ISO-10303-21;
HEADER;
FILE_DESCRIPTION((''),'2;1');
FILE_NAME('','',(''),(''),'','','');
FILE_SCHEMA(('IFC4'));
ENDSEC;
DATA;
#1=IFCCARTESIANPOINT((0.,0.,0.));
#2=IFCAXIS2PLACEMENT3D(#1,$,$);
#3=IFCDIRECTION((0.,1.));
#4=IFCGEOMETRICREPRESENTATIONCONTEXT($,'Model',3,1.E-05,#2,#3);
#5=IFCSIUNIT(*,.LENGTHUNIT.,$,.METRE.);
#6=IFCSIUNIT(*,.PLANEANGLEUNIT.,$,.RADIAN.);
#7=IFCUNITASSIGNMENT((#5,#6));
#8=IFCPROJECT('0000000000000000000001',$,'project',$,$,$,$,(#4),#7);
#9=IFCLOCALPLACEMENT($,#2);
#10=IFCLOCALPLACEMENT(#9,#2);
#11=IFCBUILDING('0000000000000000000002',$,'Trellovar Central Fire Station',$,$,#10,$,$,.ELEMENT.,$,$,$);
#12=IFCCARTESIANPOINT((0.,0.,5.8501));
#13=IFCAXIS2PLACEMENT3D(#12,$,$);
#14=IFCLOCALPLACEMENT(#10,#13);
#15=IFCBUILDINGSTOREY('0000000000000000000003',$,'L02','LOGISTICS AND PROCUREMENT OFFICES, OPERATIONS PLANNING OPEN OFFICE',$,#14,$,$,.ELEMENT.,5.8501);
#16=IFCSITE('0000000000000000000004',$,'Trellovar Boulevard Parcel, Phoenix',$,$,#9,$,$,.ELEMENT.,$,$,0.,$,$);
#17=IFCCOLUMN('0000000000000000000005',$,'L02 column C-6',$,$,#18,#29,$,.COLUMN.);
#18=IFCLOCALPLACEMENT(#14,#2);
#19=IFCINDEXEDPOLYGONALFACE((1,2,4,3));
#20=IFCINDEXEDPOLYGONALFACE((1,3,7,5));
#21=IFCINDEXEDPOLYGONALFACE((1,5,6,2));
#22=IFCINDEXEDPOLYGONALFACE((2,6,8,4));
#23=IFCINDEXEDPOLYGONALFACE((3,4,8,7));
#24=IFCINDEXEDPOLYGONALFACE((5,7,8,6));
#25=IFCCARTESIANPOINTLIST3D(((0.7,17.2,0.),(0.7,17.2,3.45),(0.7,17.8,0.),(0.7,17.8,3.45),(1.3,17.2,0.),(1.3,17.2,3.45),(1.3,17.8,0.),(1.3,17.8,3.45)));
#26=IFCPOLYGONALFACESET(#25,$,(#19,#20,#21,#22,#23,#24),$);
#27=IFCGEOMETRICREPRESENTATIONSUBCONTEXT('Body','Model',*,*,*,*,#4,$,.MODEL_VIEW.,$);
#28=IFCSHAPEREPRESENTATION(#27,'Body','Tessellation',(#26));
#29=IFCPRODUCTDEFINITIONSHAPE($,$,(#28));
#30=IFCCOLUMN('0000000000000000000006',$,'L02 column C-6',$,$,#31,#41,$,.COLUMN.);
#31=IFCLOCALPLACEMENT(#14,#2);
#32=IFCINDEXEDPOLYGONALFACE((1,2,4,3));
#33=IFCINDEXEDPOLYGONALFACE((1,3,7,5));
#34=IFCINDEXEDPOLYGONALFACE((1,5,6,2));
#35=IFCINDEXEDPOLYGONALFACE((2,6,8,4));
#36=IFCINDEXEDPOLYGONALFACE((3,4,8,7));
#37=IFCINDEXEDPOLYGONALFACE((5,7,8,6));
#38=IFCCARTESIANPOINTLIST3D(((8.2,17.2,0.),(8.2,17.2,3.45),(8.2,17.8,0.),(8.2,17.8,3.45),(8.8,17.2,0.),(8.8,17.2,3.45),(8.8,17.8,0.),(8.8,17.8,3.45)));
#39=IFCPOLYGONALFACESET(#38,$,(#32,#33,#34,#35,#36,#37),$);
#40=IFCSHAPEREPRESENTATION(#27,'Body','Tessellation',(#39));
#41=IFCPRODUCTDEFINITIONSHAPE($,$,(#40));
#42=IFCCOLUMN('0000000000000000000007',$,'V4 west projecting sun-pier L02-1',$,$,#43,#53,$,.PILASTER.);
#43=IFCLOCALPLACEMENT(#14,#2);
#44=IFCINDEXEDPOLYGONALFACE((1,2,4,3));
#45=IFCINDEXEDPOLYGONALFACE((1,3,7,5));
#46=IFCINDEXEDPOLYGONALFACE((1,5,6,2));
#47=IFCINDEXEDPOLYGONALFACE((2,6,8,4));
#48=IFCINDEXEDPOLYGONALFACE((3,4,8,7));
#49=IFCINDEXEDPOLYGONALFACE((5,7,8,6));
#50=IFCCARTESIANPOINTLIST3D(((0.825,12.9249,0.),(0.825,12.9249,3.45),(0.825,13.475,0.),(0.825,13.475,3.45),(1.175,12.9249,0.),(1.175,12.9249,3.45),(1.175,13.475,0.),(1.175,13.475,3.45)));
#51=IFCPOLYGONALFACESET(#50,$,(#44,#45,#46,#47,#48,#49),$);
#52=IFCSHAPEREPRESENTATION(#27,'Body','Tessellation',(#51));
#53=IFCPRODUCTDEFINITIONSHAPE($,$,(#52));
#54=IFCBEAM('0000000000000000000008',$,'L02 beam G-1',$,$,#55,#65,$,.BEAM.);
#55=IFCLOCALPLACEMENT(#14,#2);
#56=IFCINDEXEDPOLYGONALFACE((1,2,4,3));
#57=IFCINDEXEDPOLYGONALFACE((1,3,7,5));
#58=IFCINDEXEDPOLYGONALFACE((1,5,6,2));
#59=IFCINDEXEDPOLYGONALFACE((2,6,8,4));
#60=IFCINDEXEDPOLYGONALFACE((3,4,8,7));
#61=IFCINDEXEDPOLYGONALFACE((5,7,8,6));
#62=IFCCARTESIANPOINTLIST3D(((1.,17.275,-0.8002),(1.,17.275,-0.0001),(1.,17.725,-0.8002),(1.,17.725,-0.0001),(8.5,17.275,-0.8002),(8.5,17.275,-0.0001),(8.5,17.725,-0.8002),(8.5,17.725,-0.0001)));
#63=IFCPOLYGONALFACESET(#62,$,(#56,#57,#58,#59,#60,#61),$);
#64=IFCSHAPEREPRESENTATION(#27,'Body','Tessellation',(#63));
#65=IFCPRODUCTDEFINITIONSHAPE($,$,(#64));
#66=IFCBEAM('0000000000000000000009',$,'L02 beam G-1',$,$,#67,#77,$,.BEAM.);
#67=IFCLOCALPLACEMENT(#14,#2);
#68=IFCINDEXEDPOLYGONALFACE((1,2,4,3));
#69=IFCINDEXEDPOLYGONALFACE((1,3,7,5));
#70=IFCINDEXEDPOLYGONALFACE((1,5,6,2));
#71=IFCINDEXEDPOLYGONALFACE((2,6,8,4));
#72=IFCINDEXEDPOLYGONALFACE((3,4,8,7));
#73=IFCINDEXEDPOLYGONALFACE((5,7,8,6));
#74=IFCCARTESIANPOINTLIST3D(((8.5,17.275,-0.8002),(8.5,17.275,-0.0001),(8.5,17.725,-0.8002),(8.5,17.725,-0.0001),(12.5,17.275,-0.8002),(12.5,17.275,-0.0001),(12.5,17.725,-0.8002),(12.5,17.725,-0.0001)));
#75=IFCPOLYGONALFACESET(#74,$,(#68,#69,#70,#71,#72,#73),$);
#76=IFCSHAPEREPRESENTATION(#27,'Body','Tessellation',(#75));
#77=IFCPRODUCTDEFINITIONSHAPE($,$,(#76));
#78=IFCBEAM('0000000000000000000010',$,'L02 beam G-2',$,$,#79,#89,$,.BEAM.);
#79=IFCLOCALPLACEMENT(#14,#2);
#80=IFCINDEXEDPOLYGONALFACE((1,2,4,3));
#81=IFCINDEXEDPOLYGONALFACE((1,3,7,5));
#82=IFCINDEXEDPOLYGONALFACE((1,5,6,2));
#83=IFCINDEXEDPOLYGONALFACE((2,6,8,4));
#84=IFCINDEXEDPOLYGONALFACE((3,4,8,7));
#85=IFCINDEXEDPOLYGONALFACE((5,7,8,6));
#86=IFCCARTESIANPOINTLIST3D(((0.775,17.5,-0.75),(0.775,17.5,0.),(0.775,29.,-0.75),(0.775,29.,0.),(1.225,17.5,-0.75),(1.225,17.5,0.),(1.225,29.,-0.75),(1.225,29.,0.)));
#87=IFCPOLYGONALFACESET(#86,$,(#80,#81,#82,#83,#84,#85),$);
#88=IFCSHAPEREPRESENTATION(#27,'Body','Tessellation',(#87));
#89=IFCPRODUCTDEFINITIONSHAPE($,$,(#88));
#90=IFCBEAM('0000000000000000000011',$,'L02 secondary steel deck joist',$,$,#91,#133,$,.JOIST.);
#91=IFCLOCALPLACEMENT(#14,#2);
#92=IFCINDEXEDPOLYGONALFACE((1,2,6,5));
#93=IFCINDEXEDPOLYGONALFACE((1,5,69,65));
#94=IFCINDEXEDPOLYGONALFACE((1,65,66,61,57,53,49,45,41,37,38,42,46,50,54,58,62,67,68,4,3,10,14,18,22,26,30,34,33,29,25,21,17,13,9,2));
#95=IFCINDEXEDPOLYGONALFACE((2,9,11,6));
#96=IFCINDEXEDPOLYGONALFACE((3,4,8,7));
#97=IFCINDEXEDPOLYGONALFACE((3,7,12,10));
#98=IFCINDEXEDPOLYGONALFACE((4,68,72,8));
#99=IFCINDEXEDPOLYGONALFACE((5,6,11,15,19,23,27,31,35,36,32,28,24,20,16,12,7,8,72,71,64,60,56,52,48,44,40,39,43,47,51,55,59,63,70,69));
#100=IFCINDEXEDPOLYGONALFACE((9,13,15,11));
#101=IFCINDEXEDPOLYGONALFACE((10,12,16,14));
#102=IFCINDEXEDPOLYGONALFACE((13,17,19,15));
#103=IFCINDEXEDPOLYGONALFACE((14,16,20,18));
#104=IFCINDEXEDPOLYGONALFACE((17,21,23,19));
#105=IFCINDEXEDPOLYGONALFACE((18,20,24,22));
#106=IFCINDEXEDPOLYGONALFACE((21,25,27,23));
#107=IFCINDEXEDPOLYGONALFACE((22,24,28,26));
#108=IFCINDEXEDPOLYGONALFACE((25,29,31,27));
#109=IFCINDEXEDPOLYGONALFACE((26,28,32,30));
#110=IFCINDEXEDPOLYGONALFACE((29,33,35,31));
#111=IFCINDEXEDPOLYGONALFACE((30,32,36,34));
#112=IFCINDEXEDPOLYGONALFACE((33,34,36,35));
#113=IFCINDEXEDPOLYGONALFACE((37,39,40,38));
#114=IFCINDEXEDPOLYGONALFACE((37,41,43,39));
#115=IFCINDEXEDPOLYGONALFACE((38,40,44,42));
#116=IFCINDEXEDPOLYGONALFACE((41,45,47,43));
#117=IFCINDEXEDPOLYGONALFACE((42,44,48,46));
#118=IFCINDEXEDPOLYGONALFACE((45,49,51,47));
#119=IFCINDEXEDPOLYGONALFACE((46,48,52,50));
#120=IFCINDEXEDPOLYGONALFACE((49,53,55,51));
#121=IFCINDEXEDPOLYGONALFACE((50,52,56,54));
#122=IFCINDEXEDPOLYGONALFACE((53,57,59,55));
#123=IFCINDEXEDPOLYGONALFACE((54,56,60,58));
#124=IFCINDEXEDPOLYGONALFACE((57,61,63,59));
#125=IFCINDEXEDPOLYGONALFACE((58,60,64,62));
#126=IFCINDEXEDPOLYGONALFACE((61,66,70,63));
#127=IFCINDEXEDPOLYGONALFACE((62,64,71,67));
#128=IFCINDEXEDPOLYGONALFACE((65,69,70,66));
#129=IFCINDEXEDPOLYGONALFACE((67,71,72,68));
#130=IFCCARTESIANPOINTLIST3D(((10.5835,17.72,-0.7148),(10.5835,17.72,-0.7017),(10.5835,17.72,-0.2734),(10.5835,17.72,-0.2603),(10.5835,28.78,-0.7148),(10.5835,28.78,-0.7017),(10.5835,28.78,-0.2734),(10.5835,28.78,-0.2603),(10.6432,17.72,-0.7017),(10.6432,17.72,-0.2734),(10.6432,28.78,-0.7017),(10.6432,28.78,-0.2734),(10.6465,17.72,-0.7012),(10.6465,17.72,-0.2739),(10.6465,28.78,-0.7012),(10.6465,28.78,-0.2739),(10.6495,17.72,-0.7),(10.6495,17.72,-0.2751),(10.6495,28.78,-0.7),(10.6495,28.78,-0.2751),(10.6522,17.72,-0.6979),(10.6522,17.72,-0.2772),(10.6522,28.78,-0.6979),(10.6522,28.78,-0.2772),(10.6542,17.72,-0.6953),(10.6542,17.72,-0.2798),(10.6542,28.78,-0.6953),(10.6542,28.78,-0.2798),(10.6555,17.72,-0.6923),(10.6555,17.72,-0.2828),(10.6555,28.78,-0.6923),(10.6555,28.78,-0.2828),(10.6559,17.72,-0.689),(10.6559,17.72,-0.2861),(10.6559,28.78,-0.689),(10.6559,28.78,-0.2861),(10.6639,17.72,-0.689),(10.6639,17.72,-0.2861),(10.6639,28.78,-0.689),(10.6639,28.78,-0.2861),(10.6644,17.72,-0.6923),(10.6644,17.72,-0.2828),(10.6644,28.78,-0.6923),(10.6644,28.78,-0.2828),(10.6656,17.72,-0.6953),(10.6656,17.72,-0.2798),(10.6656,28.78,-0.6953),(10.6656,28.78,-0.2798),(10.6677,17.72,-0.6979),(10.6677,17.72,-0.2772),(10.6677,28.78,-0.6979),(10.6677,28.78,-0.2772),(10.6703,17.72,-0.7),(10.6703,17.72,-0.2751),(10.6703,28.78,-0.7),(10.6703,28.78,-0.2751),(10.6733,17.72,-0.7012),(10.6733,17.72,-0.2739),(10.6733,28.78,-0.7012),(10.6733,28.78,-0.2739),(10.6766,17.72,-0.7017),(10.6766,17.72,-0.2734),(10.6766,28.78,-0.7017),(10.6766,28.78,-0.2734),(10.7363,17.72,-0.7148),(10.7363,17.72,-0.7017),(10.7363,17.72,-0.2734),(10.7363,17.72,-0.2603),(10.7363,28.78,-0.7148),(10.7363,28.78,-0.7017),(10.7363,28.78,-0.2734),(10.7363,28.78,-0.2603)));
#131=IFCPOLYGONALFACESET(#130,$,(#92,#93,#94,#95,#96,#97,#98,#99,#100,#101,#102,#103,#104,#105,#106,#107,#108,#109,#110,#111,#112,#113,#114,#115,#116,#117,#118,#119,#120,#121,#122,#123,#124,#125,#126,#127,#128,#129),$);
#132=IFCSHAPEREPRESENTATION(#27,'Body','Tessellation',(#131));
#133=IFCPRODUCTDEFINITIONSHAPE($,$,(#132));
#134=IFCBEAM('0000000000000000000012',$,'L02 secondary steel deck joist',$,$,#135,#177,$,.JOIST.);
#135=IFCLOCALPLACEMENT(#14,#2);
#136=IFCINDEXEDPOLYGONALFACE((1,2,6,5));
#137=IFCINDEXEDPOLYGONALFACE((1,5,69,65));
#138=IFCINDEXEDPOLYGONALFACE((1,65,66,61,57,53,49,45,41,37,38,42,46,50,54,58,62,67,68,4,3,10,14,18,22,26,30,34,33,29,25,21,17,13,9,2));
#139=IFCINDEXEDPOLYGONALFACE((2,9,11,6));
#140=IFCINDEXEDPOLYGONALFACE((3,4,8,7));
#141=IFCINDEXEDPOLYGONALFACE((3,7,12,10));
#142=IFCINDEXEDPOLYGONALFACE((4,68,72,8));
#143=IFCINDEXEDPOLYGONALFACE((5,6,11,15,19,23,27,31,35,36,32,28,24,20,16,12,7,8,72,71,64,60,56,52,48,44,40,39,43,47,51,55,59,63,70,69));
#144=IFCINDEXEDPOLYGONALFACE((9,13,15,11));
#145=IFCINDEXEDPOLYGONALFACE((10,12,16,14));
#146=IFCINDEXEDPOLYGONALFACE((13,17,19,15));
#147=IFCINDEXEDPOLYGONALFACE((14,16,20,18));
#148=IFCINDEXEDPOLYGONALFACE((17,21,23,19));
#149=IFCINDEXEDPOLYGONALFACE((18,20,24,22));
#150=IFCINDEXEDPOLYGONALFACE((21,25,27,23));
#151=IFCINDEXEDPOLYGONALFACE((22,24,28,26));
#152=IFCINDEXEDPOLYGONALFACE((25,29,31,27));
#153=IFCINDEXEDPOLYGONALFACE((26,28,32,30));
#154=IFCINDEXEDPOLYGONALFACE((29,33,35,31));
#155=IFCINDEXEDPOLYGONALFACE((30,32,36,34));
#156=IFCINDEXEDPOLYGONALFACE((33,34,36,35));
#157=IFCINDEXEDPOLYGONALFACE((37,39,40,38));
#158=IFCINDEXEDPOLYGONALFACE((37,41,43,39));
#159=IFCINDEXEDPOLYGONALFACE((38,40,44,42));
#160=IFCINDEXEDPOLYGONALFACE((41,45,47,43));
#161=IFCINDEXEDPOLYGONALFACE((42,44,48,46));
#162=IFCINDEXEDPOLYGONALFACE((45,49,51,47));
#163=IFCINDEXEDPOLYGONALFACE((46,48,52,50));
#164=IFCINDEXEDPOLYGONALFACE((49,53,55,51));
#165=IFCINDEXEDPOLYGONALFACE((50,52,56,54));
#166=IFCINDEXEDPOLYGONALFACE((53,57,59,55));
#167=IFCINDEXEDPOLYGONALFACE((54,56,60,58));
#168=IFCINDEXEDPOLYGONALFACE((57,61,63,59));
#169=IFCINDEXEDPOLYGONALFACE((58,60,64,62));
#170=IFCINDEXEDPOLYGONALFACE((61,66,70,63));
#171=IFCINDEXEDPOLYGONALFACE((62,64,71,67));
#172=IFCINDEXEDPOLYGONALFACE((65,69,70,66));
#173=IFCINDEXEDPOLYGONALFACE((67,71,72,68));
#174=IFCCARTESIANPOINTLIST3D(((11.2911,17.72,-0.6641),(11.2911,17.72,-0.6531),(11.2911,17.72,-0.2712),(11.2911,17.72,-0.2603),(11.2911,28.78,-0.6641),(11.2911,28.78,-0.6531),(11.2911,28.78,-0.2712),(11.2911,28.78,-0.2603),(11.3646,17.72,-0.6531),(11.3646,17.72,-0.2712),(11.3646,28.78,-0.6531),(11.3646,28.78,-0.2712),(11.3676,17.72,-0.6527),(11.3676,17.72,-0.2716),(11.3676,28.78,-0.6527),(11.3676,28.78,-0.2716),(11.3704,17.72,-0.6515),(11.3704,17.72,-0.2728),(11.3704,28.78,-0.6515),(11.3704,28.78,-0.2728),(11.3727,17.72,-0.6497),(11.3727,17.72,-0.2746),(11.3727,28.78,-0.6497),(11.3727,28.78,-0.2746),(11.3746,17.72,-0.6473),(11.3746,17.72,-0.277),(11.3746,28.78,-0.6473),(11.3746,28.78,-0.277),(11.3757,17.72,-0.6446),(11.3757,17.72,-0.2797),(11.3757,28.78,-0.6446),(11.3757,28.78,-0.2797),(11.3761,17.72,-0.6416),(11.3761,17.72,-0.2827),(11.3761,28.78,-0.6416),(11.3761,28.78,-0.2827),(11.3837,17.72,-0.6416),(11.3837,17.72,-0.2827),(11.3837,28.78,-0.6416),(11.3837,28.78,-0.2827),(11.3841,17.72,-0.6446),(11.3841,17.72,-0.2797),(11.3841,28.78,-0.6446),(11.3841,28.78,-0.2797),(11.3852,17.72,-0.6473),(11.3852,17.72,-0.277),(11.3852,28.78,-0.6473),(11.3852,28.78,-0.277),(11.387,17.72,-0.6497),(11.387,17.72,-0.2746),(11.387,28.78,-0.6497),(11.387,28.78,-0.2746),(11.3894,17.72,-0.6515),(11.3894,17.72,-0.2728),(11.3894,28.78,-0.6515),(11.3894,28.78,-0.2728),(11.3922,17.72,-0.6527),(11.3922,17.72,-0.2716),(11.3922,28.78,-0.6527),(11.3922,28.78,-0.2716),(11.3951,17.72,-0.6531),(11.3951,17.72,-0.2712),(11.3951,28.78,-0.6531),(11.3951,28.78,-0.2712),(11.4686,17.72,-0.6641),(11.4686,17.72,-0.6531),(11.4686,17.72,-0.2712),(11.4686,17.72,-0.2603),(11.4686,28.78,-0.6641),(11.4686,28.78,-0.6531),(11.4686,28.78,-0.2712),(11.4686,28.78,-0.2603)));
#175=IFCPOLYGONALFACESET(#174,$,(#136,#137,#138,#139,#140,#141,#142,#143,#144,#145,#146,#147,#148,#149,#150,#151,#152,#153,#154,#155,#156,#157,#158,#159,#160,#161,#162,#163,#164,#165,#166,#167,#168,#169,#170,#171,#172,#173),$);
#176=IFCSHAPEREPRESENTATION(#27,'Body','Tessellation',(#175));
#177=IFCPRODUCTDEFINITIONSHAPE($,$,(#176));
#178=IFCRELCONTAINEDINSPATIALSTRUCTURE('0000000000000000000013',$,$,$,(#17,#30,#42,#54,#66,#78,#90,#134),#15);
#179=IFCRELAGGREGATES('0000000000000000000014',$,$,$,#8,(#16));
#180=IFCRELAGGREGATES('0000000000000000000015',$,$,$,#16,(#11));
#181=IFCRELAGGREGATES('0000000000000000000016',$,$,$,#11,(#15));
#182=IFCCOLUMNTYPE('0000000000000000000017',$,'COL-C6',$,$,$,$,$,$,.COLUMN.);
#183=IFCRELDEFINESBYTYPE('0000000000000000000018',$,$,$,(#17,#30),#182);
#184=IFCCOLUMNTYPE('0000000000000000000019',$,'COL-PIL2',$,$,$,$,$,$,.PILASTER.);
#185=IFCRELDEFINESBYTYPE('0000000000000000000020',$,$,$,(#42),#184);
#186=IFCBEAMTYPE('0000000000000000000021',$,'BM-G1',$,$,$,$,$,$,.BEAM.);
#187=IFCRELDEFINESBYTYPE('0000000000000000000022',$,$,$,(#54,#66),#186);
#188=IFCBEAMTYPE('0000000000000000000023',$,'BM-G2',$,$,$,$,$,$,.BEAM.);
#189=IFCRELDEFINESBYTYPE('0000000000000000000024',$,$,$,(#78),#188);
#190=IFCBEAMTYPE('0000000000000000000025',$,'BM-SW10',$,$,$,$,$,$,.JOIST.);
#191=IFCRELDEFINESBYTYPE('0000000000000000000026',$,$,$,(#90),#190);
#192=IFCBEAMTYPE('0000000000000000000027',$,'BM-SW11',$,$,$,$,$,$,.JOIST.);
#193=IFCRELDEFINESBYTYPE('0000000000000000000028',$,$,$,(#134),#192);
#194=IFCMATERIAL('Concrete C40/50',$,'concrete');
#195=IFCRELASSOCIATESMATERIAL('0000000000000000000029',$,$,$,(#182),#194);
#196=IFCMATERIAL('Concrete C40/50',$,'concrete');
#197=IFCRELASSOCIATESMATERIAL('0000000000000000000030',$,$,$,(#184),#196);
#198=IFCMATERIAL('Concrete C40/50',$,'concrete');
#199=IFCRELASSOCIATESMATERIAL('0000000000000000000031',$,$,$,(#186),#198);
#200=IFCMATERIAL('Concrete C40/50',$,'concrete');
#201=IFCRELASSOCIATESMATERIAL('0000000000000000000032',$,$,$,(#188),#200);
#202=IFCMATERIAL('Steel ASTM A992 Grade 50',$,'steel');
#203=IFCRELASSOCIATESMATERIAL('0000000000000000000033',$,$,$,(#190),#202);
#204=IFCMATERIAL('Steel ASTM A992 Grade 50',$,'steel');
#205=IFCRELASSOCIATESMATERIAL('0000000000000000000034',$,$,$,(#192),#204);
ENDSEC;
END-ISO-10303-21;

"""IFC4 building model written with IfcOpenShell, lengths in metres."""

from ifc_helpers import new_model, si_unit, direction, frame, origin, origin_2d, place, context, subcontext, project, spatial, rectangle, i_section, extrude, material, material_profile, profile_set, type_object, element, save


model = new_model("IFC4")

# Units and contexts
model_context = context("Model", 3, precision=1e-05, world=origin(), true_north=direction((0.0, 1.0)))
body_context = subcontext(model_context, "Body", "Model", "MODEL_VIEW")
ifc_project = project(units=[si_unit("LENGTHUNIT", "METRE"), si_unit("PLANEANGLEUNIT", "RADIAN")], contexts=[model_context])

# Site, building, storey
site_placement = place(None, origin())
site = spatial("IfcSite", under=ifc_project, at=site_placement, Name="Trellovar Boulevard Parcel, Phoenix", CompositionType="ELEMENT", RefElevation=0.0)
building_placement = place(site_placement, origin())
building = spatial("IfcBuilding", under=site, at=building_placement, Name="Trellovar Central Fire Station", CompositionType="ELEMENT")
storey_placement = place(building_placement, frame((0.0, 0.0, 5.8501)))
storey = spatial("IfcBuildingStorey", under=building, at=storey_placement, Name="L02", Description="LOGISTICS AND PROCUREMENT OFFICES, OPERATIONS PLANNING OPEN OFFICE", CompositionType="ELEMENT", Elevation=5.8501)

# Columns
ifc_material_1 = material(Name="Concrete C40/50", Category="concrete")
ifc_material_profile_1 = material_profile(ifc_material_1, rectangle(XDim=0.6001, YDim=0.6001, at=origin_2d()), Name="RC600X600")
ifc_profile_set_1 = profile_set([ifc_material_profile_1], Name="Concrete C40/50")
column_type_1 = type_object("IfcColumnType", Name="COL-C6", PredefinedType="COLUMN", material=ifc_profile_set_1)
for number, where, z_axis, x_axis, name in (
    (1, (1.0, 17.5, 0.0), (0.0, 0.0, 1.0), (1.0, 0.0, 0.0), "L02 column C-6"),
    (2, (8.5, 17.5, 0.0), (0.0, 0.0, 1.0), (1.0, 0.0, 0.0), "L02 column C-6"),
):
    element("IfcColumn", number, at=place(storey_placement, frame(where, z_axis=z_axis, x_axis=x_axis)), inside=storey, type_object=column_type_1, Name=name, PredefinedType="COLUMN", context=body_context, shape_type="SweptSolid", body=[
        extrude(rectangle(XDim=0.6001, YDim=0.6001, at=origin_2d()), origin(), (0.0, 0.0, 1.0), 3.45),
    ])
ifc_material_2 = material(Name="Concrete C40/50", Category="concrete")
ifc_material_profile_2 = material_profile(ifc_material_2, rectangle(XDim=0.3501, YDim=0.55, at=origin_2d()), Name="RC350X550")
ifc_profile_set_2 = profile_set([ifc_material_profile_2], Name="Concrete C40/50")
column_type_2 = type_object("IfcColumnType", Name="COL-PIL2", PredefinedType="PILASTER", material=ifc_profile_set_2)
column_placement = place(storey_placement, frame((1.0, 13.2, 0.0), z_axis=(0.0, 0.0, 1.0), x_axis=(1.0, 0.0, 0.0)))
element("IfcColumn", 3, at=column_placement, inside=storey, type_object=column_type_2, Name="V4 west projecting sun-pier L02-1", PredefinedType="PILASTER", context=body_context, shape_type="SweptSolid", body=[
    extrude(rectangle(XDim=0.3501, YDim=0.55, at=origin_2d()), origin(), (0.0, 0.0, 1.0), 3.45),
])

# Beams
ifc_material_3 = material(Name="Concrete C40/50", Category="concrete")
ifc_material_profile_3 = material_profile(ifc_material_3, rectangle(XDim=0.45, YDim=0.8, at=origin_2d()), Name="RC450X800")
ifc_profile_set_3 = profile_set([ifc_material_profile_3], Name="Concrete C40/50")
beam_type_1 = type_object("IfcBeamType", Name="BM-G1", PredefinedType="BEAM", material=ifc_profile_set_3)
beam_1_placement = place(storey_placement, frame((1.0, 17.5, -0.4001), z_axis=(1.0, 0.0, 0.0), x_axis=(0.0, 1.0, 0.0)))
element("IfcBeam", 4, at=beam_1_placement, inside=storey, type_object=beam_type_1, Name="L02 beam G-1", PredefinedType="BEAM", context=body_context, shape_type="SweptSolid", body=[
    extrude(rectangle(XDim=0.45, YDim=0.8, at=origin_2d()), origin(), (0.0, 0.0, 1.0), 7.5),
])
beam_2_placement = place(storey_placement, frame((8.5, 17.5, -0.4001), z_axis=(1.0, 0.0, 0.0), x_axis=(0.0, 1.0, 0.0)))
element("IfcBeam", 5, at=beam_2_placement, inside=storey, type_object=beam_type_1, Name="L02 beam G-1", PredefinedType="BEAM", context=body_context, shape_type="SweptSolid", body=[
    extrude(rectangle(XDim=0.45, YDim=0.8, at=origin_2d()), origin(), (0.0, 0.0, 1.0), 4.0),
])
ifc_material_4 = material(Name="Concrete C40/50", Category="concrete")
ifc_material_profile_4 = material_profile(ifc_material_4, rectangle(XDim=0.45, YDim=0.75, at=origin_2d()), Name="RC450X750")
ifc_profile_set_4 = profile_set([ifc_material_profile_4], Name="Concrete C40/50")
beam_type_2 = type_object("IfcBeamType", Name="BM-G2", PredefinedType="BEAM", material=ifc_profile_set_4)
beam_3_placement = place(storey_placement, frame((1.0, 17.5, -0.375), z_axis=(0.0, 1.0, 0.0), x_axis=(-1.0, 0.0, 0.0)))
element("IfcBeam", 6, at=beam_3_placement, inside=storey, type_object=beam_type_2, Name="L02 beam G-2", PredefinedType="BEAM", context=body_context, shape_type="SweptSolid", body=[
    extrude(rectangle(XDim=0.45, YDim=0.75, at=origin_2d()), origin(), (0.0, 0.0, 1.0), 11.5),
])
ifc_material_5 = material(Name="Steel ASTM A992 Grade 50", Category="steel")
ifc_material_profile_5 = material_profile(ifc_material_5, i_section(OverallWidth=0.1528, OverallDepth=0.4546, WebThickness=0.0081, FlangeThickness=0.0132, FilletRadius=0.0127, at=origin_2d()), Name="W18X40")
ifc_profile_set_5 = profile_set([ifc_material_profile_5], Name="Steel ASTM A992 Grade 50")
beam_type_3 = type_object("IfcBeamType", Name="BM-SW10", PredefinedType="JOIST", material=ifc_profile_set_5)
beam_4_placement = place(storey_placement, frame((10.6599, 17.72, -0.4875), z_axis=(0.0, 1.0, 0.0), x_axis=(-1.0, 0.0, 0.0)))
element("IfcBeam", 7, at=beam_4_placement, inside=storey, type_object=beam_type_3, Name="L02 secondary steel deck joist", PredefinedType="JOIST", context=body_context, shape_type="SweptSolid", body=[
    extrude(i_section(OverallWidth=0.1528, OverallDepth=0.4546, WebThickness=0.0081, FlangeThickness=0.0132, FilletRadius=0.0127, at=origin_2d()), origin(), (0.0, 0.0, 1.0), 11.0601),
])
ifc_material_6 = material(Name="Steel ASTM A992 Grade 50", Category="steel")
ifc_material_profile_6 = material_profile(ifc_material_6, i_section(OverallWidth=0.1775, OverallDepth=0.4038, WebThickness=0.0076, FlangeThickness=0.011, FilletRadius=0.0115, at=origin_2d()), Name="W16X36")
ifc_profile_set_6 = profile_set([ifc_material_profile_6], Name="Steel ASTM A992 Grade 50")
beam_type_4 = type_object("IfcBeamType", Name="BM-SW11", PredefinedType="JOIST", material=ifc_profile_set_6)
beam_5_placement = place(storey_placement, frame((11.3799, 17.72, -0.4622), z_axis=(0.0, 1.0, 0.0), x_axis=(-1.0, 0.0, 0.0)))
element("IfcBeam", 8, at=beam_5_placement, inside=storey, type_object=beam_type_4, Name="L02 secondary steel deck joist", PredefinedType="JOIST", context=body_context, shape_type="SweptSolid", body=[
    extrude(i_section(OverallWidth=0.1775, OverallDepth=0.4038, WebThickness=0.0076, FlangeThickness=0.011, FilletRadius=0.0115, at=origin_2d()), origin(), (0.0, 0.0, 1.0), 11.0601),
])

save(model, "model.ifc")
